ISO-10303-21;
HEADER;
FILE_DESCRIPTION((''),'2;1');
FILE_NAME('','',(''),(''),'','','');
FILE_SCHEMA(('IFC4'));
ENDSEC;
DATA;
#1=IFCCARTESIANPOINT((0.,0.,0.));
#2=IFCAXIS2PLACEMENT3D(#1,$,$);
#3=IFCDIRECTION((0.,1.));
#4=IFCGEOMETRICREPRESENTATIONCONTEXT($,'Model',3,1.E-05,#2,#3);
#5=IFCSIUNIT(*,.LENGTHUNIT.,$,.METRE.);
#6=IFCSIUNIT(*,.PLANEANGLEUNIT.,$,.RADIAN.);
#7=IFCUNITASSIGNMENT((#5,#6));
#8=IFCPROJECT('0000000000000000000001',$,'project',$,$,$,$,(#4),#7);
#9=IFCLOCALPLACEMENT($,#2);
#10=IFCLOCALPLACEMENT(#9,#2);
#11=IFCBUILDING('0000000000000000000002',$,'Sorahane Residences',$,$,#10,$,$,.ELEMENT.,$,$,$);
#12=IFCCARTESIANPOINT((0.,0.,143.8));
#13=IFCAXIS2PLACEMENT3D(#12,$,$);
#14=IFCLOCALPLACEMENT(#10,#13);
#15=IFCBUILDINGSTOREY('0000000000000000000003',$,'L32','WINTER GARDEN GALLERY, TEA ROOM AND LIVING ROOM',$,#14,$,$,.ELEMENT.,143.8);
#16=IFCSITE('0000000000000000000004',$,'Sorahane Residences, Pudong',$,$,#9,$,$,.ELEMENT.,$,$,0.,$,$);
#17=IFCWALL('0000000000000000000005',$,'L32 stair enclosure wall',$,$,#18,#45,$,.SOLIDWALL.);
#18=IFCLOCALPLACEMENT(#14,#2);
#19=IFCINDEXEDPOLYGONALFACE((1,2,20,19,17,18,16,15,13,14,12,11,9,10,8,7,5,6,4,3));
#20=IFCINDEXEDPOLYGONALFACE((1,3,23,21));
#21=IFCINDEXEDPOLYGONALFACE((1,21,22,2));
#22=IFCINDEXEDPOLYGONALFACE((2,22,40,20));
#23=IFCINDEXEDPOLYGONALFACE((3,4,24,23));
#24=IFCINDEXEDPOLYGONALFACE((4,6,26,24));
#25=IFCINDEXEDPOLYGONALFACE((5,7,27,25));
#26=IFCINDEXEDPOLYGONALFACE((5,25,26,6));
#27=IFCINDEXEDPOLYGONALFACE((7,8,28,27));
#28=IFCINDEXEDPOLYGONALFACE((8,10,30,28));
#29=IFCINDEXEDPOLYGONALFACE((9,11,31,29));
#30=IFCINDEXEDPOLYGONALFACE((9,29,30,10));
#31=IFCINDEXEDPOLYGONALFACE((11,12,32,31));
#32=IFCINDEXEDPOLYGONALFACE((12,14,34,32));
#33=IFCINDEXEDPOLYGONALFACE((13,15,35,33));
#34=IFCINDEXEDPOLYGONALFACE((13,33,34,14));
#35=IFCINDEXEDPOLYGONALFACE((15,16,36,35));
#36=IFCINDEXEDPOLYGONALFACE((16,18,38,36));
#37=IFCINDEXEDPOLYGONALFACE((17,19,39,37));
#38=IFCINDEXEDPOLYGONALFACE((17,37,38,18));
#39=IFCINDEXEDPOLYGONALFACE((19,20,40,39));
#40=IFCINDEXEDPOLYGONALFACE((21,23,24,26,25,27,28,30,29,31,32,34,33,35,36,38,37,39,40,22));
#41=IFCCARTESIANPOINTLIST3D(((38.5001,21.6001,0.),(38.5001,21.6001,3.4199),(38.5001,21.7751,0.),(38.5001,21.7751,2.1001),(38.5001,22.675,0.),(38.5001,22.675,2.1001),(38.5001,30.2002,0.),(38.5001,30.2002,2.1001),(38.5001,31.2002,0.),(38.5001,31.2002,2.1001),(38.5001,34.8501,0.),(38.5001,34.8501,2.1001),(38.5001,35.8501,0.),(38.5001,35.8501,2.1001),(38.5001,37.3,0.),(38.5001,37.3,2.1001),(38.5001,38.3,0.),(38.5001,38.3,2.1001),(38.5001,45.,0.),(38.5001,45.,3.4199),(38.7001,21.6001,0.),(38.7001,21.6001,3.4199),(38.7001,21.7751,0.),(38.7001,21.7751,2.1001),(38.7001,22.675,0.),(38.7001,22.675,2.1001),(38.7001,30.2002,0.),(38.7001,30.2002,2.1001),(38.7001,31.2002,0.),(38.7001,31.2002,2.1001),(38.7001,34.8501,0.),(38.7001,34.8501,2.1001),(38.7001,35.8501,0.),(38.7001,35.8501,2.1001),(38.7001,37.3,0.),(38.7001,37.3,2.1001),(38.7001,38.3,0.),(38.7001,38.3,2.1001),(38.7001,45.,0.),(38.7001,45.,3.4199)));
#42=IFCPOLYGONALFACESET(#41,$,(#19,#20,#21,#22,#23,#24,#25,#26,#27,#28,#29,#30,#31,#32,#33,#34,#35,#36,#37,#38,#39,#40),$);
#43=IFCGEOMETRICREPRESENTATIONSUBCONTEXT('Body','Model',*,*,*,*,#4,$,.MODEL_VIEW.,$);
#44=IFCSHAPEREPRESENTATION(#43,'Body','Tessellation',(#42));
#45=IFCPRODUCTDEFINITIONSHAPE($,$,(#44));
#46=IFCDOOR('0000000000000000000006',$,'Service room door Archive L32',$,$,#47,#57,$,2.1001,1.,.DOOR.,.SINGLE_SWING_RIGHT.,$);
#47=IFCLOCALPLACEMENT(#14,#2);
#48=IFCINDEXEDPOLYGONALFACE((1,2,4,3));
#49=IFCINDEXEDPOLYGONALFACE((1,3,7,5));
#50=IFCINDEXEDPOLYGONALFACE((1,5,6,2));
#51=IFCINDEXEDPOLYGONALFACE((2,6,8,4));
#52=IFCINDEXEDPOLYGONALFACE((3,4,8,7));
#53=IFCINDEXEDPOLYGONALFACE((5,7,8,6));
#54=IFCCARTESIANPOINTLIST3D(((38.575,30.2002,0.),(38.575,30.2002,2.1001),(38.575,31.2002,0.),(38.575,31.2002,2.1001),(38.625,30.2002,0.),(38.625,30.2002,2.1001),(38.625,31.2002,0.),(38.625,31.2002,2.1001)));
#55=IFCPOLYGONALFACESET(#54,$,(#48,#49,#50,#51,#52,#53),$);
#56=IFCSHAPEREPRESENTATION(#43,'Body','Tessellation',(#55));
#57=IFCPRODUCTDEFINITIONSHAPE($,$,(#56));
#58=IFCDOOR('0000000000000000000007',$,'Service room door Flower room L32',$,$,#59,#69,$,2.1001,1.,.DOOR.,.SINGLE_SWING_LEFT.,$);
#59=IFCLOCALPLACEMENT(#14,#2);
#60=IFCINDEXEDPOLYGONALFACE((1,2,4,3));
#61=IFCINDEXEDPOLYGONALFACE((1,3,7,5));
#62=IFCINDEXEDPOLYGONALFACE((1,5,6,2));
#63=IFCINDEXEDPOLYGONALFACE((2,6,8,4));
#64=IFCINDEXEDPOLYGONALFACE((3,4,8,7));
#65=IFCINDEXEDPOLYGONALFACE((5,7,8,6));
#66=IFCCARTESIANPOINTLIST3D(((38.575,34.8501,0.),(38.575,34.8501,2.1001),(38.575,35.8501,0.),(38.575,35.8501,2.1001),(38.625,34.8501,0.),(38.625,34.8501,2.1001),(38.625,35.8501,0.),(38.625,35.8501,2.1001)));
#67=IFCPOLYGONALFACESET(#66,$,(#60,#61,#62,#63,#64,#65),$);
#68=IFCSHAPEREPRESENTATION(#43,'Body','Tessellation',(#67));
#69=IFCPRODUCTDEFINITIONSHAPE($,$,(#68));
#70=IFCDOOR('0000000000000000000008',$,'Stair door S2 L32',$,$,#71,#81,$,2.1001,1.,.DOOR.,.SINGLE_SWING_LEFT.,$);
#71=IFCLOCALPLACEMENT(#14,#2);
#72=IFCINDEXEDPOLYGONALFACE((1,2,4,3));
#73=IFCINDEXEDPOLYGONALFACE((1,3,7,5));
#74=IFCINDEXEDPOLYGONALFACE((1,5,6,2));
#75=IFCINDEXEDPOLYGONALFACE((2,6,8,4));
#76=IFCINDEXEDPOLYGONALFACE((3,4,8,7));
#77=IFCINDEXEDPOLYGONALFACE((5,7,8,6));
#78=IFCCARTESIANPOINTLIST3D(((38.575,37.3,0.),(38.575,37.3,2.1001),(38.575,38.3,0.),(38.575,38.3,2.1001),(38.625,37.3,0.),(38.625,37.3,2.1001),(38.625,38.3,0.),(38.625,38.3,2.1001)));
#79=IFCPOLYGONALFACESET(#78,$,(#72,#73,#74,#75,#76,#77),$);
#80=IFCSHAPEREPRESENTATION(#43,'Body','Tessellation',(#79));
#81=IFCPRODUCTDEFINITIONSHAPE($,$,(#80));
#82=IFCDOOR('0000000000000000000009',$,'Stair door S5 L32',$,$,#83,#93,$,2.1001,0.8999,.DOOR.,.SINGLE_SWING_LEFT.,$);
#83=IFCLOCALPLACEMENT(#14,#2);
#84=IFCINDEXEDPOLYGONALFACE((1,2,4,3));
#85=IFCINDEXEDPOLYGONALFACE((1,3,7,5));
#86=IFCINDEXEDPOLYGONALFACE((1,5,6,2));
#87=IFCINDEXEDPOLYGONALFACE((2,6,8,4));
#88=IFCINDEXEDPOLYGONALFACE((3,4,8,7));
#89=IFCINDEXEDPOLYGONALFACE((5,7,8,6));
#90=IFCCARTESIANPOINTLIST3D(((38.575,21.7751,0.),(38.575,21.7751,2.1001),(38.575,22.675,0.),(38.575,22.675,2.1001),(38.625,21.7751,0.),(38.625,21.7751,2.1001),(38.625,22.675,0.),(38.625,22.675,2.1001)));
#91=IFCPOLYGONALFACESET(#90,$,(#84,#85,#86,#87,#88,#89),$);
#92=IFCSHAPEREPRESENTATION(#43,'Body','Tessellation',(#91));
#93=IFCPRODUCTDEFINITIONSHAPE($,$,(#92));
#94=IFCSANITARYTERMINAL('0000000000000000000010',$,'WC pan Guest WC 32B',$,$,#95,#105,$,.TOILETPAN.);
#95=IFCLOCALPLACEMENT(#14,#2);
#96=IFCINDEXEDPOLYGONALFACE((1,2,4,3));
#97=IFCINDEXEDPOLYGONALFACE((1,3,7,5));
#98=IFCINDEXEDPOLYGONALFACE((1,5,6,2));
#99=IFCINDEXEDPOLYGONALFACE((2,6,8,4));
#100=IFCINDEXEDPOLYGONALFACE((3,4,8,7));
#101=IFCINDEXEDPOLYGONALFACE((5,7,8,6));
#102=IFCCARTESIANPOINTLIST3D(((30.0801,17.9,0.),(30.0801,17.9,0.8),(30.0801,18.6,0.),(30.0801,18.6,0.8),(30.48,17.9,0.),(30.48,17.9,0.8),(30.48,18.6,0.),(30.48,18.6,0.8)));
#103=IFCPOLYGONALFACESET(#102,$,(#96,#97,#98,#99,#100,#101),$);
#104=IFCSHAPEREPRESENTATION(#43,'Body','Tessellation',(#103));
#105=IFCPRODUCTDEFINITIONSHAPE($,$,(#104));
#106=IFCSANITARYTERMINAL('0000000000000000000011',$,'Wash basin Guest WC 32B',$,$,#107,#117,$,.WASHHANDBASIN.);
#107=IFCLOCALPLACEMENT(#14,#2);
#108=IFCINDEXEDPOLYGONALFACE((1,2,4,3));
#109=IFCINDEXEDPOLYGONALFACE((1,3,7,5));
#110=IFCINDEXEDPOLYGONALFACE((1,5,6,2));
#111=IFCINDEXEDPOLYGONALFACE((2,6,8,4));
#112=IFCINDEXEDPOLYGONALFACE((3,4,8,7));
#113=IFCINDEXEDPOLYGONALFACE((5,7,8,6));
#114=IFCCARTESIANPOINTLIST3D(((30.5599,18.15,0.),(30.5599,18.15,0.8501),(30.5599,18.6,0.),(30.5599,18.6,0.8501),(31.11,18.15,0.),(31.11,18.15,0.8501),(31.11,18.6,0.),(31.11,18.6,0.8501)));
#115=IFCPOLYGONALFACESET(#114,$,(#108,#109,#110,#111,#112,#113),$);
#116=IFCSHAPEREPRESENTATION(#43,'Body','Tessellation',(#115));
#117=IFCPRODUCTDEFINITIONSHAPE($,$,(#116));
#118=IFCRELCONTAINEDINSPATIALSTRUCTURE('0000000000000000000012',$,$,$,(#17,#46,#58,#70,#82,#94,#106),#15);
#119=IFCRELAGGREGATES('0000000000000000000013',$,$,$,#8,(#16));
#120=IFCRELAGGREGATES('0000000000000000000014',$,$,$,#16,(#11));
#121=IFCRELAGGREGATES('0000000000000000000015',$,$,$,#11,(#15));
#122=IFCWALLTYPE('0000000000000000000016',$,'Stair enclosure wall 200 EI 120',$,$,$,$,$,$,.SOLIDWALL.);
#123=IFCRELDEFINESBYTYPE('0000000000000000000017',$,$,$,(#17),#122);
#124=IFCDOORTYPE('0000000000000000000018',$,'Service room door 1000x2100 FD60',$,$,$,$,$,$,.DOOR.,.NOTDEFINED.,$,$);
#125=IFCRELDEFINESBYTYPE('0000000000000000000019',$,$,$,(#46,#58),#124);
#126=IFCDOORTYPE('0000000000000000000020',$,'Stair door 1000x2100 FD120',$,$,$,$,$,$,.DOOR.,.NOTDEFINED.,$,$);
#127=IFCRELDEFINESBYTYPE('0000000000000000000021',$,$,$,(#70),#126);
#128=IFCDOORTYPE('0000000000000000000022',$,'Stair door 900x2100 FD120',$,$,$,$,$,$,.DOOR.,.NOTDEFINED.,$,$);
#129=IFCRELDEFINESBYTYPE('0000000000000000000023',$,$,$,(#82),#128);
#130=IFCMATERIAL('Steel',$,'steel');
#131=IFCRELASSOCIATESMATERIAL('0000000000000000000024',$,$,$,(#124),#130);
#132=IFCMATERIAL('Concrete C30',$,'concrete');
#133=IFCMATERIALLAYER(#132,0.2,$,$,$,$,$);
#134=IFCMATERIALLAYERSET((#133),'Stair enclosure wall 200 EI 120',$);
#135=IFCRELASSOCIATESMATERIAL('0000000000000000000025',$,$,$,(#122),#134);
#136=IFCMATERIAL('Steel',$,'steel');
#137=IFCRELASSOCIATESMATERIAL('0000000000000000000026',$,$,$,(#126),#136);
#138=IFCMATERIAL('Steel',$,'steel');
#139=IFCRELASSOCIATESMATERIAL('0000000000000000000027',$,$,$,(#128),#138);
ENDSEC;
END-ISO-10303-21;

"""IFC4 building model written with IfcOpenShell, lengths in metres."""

from ifc_helpers import new_model, si_unit, direction, frame, frame_2d, origin, origin_2d, place, context, subcontext, project, spatial, rectangle, extrude, material, layer, layer_set, type_object, element, fill, save


model = new_model("IFC4")

# Units and contexts
model_context = context("Model", 3, precision=1e-05, world=origin(), true_north=direction((0.0, 1.0)))
body_context = subcontext(model_context, "Body", "Model", "MODEL_VIEW")
ifc_project = project(units=[si_unit("LENGTHUNIT", "METRE"), si_unit("PLANEANGLEUNIT", "RADIAN")], contexts=[model_context])

# Site, building, storey
site_placement = place(None, origin())
site = spatial("IfcSite", under=ifc_project, at=site_placement, Name="Sorahane Residences, Pudong", CompositionType="ELEMENT", RefElevation=0.0)
building_placement = place(site_placement, origin())
building = spatial("IfcBuilding", under=site, at=building_placement, Name="Sorahane Residences", CompositionType="ELEMENT")
storey_placement = place(building_placement, frame((0.0, 0.0, 143.8)))
storey = spatial("IfcBuildingStorey", under=building, at=storey_placement, Name="L32", Description="WINTER GARDEN GALLERY, TEA ROOM AND LIVING ROOM", CompositionType="ELEMENT", Elevation=143.8)

# Shared definitions
ifc_material_1 = material(Name="Steel", Category="steel")
door_type_1 = type_object("IfcDoorType", Name="Service room door 1000x2100 FD60", OperationType="NOTDEFINED", PredefinedType="DOOR", material=ifc_material_1)

# Wall, openings, doors
ifc_material_2 = material(Name="Concrete C30", Category="concrete")
ifc_layer_1 = layer(ifc_material_2, 0.2)
ifc_layer_set_1 = layer_set([ifc_layer_1], Name="Stair enclosure wall 200 EI 120")
wall_type_1 = type_object("IfcWallType", Name="Stair enclosure wall 200 EI 120", PredefinedType="SOLIDWALL", material=ifc_layer_set_1)
wall_1_placement = place(storey_placement, frame((38.6001, 21.6001, 0.0), z_axis=(0.0, 0.0, 1.0), x_axis=(0.0, 1.0, 0.0)))
wall_1 = element("IfcWall", 1, at=wall_1_placement, inside=storey, type_object=wall_type_1, Name="L32 stair enclosure wall", PredefinedType="SOLIDWALL", context=body_context, shape_type="SweptSolid", body=[
    extrude(rectangle(XDim=23.3999, YDim=0.2, at=frame_2d((11.7, 0.0))), origin(), (0.0, 0.0, 1.0), 3.4199),
])
opening_1_placement = place(wall_1_placement, frame((8.6001, 0.0, 0.0)))
opening_1 = element("IfcOpeningElement", 2, at=opening_1_placement, cuts=wall_1, PredefinedType="OPENING", context=body_context, shape_type="SweptSolid", body=[
    extrude(rectangle(XDim=1.0, YDim=2.1001, at=frame_2d((0.5, 1.05))), frame((0.0, 0.1099, 0.0), z_axis=(0.0, -1.0, 0.0), x_axis=(1.0, 0.0, 0.0)), (0.0, 0.0, 1.0), 0.22),
])
opening_2_placement = place(wall_1_placement, frame((13.25, 0.0, 0.0)))
opening_2 = element("IfcOpeningElement", 3, at=opening_2_placement, cuts=wall_1, PredefinedType="OPENING", context=body_context, shape_type="SweptSolid", body=[
    extrude(rectangle(XDim=1.0, YDim=2.1001, at=frame_2d((0.5, 1.05))), frame((0.0, 0.1099, 0.0), z_axis=(0.0, -1.0, 0.0), x_axis=(1.0, 0.0, 0.0)), (0.0, 0.0, 1.0), 0.22),
])
opening_3_placement = place(wall_1_placement, frame((15.7, 0.0, 0.0)))
opening_3 = element("IfcOpeningElement", 4, at=opening_3_placement, cuts=wall_1, PredefinedType="OPENING", context=body_context, shape_type="SweptSolid", body=[
    extrude(rectangle(XDim=1.0, YDim=2.1001, at=frame_2d((0.5, 1.05))), frame((0.0, 0.1099, 0.0), z_axis=(0.0, -1.0, 0.0), x_axis=(1.0, 0.0, 0.0)), (0.0, 0.0, 1.0), 0.22),
])
opening_4_placement = place(wall_1_placement, frame((0.175, 0.0, 0.0)))
opening_4 = element("IfcOpeningElement", 5, at=opening_4_placement, cuts=wall_1, PredefinedType="OPENING", context=body_context, shape_type="SweptSolid", body=[
    extrude(rectangle(XDim=0.8999, YDim=2.1001, at=frame_2d((0.45, 1.05))), frame((0.0, 0.1099, 0.0), z_axis=(0.0, -1.0, 0.0), x_axis=(1.0, 0.0, 0.0)), (0.0, 0.0, 1.0), 0.22),
])
door_1_placement = place(opening_1_placement, frame((1.0, 0.0, 0.0), z_axis=(0.0, 0.0, 1.0), x_axis=(-1.0, 0.0, 0.0)))
door_1 = element("IfcDoor", 6, at=door_1_placement, inside=storey, type_object=door_type_1, Name="Service room door Archive L32", OperationType="SINGLE_SWING_RIGHT", OverallHeight=2.1001, OverallWidth=1.0, PredefinedType="DOOR", context=body_context, shape_type="SweptSolid", body=[
    extrude(rectangle(XDim=1.0, YDim=2.1001, at=frame_2d((0.5, 1.05))), frame((0.0, 0.0249, 0.0), z_axis=(0.0, -1.0, 0.0), x_axis=(1.0, 0.0, 0.0)), (0.0, 0.0, 1.0), 0.05),
])
fill(opening_1, door_1)
door_2_placement = place(opening_2_placement, frame((1.0, 0.0, 0.0), z_axis=(0.0, 0.0, 1.0), x_axis=(-1.0, 0.0, 0.0)))
door_2 = element("IfcDoor", 7, at=door_2_placement, inside=storey, type_object=door_type_1, Name="Service room door Flower room L32", OperationType="SINGLE_SWING_LEFT", OverallHeight=2.1001, OverallWidth=1.0, PredefinedType="DOOR", context=body_context, shape_type="SweptSolid", body=[
    extrude(rectangle(XDim=1.0, YDim=2.1001, at=frame_2d((0.5, 1.05))), frame((0.0, 0.0249, 0.0), z_axis=(0.0, -1.0, 0.0), x_axis=(1.0, 0.0, 0.0)), (0.0, 0.0, 1.0), 0.05),
])
fill(opening_2, door_2)
ifc_material_3 = material(Name="Steel", Category="steel")
door_type_2 = type_object("IfcDoorType", Name="Stair door 1000x2100 FD120", OperationType="NOTDEFINED", PredefinedType="DOOR", material=ifc_material_3)
door_3_placement = place(opening_3_placement, frame((1.0, 0.0, 0.0), z_axis=(0.0, 0.0, 1.0), x_axis=(-1.0, 0.0, 0.0)))
door_3 = element("IfcDoor", 8, at=door_3_placement, inside=storey, type_object=door_type_2, Name="Stair door S2 L32", OperationType="SINGLE_SWING_LEFT", OverallHeight=2.1001, OverallWidth=1.0, PredefinedType="DOOR", context=body_context, shape_type="SweptSolid", body=[
    extrude(rectangle(XDim=1.0, YDim=2.1001, at=frame_2d((0.5, 1.05))), frame((0.0, 0.0249, 0.0), z_axis=(0.0, -1.0, 0.0), x_axis=(1.0, 0.0, 0.0)), (0.0, 0.0, 1.0), 0.05),
])
fill(opening_3, door_3)
ifc_material_4 = material(Name="Steel", Category="steel")
door_type_3 = type_object("IfcDoorType", Name="Stair door 900x2100 FD120", OperationType="NOTDEFINED", PredefinedType="DOOR", material=ifc_material_4)
door_4_placement = place(opening_4_placement, frame((0.8999, 0.0, 0.0), z_axis=(0.0, 0.0, 1.0), x_axis=(-1.0, 0.0, 0.0)))
door_4 = element("IfcDoor", 9, at=door_4_placement, inside=storey, type_object=door_type_3, Name="Stair door S5 L32", OperationType="SINGLE_SWING_LEFT", OverallHeight=2.1001, OverallWidth=0.8999, PredefinedType="DOOR", context=body_context, shape_type="SweptSolid", body=[
    extrude(rectangle(XDim=0.8999, YDim=2.1001, at=frame_2d((0.45, 1.05))), frame((0.0, 0.0249, 0.0), z_axis=(0.0, -1.0, 0.0), x_axis=(1.0, 0.0, 0.0)), (0.0, 0.0, 1.0), 0.05),
])
fill(opening_4, door_4)

# Sanitary terminals
sanitary_terminal_1_placement = place(storey_placement, frame((30.28, 18.25, 0.0), z_axis=(0.0, 0.0, 1.0), x_axis=(1.0, 0.0, 0.0)))
element("IfcSanitaryTerminal", 10, at=sanitary_terminal_1_placement, inside=storey, Name="WC pan Guest WC 32B", PredefinedType="TOILETPAN", context=body_context, shape_type="SweptSolid", body=[
    extrude(rectangle(XDim=0.3999, YDim=0.7, at=origin_2d()), origin(), (0.0, 0.0, 1.0), 0.8),
])
sanitary_terminal_2_placement = place(storey_placement, frame((30.835, 18.375, 0.0), z_axis=(0.0, 0.0, 1.0), x_axis=(1.0, 0.0, 0.0)))
element("IfcSanitaryTerminal", 11, at=sanitary_terminal_2_placement, inside=storey, Name="Wash basin Guest WC 32B", PredefinedType="WASHHANDBASIN", context=body_context, shape_type="SweptSolid", body=[
    extrude(rectangle(XDim=0.55, YDim=0.45, at=origin_2d()), origin(), (0.0, 0.0, 1.0), 0.8501),
])

save(model, "model.ifc")
